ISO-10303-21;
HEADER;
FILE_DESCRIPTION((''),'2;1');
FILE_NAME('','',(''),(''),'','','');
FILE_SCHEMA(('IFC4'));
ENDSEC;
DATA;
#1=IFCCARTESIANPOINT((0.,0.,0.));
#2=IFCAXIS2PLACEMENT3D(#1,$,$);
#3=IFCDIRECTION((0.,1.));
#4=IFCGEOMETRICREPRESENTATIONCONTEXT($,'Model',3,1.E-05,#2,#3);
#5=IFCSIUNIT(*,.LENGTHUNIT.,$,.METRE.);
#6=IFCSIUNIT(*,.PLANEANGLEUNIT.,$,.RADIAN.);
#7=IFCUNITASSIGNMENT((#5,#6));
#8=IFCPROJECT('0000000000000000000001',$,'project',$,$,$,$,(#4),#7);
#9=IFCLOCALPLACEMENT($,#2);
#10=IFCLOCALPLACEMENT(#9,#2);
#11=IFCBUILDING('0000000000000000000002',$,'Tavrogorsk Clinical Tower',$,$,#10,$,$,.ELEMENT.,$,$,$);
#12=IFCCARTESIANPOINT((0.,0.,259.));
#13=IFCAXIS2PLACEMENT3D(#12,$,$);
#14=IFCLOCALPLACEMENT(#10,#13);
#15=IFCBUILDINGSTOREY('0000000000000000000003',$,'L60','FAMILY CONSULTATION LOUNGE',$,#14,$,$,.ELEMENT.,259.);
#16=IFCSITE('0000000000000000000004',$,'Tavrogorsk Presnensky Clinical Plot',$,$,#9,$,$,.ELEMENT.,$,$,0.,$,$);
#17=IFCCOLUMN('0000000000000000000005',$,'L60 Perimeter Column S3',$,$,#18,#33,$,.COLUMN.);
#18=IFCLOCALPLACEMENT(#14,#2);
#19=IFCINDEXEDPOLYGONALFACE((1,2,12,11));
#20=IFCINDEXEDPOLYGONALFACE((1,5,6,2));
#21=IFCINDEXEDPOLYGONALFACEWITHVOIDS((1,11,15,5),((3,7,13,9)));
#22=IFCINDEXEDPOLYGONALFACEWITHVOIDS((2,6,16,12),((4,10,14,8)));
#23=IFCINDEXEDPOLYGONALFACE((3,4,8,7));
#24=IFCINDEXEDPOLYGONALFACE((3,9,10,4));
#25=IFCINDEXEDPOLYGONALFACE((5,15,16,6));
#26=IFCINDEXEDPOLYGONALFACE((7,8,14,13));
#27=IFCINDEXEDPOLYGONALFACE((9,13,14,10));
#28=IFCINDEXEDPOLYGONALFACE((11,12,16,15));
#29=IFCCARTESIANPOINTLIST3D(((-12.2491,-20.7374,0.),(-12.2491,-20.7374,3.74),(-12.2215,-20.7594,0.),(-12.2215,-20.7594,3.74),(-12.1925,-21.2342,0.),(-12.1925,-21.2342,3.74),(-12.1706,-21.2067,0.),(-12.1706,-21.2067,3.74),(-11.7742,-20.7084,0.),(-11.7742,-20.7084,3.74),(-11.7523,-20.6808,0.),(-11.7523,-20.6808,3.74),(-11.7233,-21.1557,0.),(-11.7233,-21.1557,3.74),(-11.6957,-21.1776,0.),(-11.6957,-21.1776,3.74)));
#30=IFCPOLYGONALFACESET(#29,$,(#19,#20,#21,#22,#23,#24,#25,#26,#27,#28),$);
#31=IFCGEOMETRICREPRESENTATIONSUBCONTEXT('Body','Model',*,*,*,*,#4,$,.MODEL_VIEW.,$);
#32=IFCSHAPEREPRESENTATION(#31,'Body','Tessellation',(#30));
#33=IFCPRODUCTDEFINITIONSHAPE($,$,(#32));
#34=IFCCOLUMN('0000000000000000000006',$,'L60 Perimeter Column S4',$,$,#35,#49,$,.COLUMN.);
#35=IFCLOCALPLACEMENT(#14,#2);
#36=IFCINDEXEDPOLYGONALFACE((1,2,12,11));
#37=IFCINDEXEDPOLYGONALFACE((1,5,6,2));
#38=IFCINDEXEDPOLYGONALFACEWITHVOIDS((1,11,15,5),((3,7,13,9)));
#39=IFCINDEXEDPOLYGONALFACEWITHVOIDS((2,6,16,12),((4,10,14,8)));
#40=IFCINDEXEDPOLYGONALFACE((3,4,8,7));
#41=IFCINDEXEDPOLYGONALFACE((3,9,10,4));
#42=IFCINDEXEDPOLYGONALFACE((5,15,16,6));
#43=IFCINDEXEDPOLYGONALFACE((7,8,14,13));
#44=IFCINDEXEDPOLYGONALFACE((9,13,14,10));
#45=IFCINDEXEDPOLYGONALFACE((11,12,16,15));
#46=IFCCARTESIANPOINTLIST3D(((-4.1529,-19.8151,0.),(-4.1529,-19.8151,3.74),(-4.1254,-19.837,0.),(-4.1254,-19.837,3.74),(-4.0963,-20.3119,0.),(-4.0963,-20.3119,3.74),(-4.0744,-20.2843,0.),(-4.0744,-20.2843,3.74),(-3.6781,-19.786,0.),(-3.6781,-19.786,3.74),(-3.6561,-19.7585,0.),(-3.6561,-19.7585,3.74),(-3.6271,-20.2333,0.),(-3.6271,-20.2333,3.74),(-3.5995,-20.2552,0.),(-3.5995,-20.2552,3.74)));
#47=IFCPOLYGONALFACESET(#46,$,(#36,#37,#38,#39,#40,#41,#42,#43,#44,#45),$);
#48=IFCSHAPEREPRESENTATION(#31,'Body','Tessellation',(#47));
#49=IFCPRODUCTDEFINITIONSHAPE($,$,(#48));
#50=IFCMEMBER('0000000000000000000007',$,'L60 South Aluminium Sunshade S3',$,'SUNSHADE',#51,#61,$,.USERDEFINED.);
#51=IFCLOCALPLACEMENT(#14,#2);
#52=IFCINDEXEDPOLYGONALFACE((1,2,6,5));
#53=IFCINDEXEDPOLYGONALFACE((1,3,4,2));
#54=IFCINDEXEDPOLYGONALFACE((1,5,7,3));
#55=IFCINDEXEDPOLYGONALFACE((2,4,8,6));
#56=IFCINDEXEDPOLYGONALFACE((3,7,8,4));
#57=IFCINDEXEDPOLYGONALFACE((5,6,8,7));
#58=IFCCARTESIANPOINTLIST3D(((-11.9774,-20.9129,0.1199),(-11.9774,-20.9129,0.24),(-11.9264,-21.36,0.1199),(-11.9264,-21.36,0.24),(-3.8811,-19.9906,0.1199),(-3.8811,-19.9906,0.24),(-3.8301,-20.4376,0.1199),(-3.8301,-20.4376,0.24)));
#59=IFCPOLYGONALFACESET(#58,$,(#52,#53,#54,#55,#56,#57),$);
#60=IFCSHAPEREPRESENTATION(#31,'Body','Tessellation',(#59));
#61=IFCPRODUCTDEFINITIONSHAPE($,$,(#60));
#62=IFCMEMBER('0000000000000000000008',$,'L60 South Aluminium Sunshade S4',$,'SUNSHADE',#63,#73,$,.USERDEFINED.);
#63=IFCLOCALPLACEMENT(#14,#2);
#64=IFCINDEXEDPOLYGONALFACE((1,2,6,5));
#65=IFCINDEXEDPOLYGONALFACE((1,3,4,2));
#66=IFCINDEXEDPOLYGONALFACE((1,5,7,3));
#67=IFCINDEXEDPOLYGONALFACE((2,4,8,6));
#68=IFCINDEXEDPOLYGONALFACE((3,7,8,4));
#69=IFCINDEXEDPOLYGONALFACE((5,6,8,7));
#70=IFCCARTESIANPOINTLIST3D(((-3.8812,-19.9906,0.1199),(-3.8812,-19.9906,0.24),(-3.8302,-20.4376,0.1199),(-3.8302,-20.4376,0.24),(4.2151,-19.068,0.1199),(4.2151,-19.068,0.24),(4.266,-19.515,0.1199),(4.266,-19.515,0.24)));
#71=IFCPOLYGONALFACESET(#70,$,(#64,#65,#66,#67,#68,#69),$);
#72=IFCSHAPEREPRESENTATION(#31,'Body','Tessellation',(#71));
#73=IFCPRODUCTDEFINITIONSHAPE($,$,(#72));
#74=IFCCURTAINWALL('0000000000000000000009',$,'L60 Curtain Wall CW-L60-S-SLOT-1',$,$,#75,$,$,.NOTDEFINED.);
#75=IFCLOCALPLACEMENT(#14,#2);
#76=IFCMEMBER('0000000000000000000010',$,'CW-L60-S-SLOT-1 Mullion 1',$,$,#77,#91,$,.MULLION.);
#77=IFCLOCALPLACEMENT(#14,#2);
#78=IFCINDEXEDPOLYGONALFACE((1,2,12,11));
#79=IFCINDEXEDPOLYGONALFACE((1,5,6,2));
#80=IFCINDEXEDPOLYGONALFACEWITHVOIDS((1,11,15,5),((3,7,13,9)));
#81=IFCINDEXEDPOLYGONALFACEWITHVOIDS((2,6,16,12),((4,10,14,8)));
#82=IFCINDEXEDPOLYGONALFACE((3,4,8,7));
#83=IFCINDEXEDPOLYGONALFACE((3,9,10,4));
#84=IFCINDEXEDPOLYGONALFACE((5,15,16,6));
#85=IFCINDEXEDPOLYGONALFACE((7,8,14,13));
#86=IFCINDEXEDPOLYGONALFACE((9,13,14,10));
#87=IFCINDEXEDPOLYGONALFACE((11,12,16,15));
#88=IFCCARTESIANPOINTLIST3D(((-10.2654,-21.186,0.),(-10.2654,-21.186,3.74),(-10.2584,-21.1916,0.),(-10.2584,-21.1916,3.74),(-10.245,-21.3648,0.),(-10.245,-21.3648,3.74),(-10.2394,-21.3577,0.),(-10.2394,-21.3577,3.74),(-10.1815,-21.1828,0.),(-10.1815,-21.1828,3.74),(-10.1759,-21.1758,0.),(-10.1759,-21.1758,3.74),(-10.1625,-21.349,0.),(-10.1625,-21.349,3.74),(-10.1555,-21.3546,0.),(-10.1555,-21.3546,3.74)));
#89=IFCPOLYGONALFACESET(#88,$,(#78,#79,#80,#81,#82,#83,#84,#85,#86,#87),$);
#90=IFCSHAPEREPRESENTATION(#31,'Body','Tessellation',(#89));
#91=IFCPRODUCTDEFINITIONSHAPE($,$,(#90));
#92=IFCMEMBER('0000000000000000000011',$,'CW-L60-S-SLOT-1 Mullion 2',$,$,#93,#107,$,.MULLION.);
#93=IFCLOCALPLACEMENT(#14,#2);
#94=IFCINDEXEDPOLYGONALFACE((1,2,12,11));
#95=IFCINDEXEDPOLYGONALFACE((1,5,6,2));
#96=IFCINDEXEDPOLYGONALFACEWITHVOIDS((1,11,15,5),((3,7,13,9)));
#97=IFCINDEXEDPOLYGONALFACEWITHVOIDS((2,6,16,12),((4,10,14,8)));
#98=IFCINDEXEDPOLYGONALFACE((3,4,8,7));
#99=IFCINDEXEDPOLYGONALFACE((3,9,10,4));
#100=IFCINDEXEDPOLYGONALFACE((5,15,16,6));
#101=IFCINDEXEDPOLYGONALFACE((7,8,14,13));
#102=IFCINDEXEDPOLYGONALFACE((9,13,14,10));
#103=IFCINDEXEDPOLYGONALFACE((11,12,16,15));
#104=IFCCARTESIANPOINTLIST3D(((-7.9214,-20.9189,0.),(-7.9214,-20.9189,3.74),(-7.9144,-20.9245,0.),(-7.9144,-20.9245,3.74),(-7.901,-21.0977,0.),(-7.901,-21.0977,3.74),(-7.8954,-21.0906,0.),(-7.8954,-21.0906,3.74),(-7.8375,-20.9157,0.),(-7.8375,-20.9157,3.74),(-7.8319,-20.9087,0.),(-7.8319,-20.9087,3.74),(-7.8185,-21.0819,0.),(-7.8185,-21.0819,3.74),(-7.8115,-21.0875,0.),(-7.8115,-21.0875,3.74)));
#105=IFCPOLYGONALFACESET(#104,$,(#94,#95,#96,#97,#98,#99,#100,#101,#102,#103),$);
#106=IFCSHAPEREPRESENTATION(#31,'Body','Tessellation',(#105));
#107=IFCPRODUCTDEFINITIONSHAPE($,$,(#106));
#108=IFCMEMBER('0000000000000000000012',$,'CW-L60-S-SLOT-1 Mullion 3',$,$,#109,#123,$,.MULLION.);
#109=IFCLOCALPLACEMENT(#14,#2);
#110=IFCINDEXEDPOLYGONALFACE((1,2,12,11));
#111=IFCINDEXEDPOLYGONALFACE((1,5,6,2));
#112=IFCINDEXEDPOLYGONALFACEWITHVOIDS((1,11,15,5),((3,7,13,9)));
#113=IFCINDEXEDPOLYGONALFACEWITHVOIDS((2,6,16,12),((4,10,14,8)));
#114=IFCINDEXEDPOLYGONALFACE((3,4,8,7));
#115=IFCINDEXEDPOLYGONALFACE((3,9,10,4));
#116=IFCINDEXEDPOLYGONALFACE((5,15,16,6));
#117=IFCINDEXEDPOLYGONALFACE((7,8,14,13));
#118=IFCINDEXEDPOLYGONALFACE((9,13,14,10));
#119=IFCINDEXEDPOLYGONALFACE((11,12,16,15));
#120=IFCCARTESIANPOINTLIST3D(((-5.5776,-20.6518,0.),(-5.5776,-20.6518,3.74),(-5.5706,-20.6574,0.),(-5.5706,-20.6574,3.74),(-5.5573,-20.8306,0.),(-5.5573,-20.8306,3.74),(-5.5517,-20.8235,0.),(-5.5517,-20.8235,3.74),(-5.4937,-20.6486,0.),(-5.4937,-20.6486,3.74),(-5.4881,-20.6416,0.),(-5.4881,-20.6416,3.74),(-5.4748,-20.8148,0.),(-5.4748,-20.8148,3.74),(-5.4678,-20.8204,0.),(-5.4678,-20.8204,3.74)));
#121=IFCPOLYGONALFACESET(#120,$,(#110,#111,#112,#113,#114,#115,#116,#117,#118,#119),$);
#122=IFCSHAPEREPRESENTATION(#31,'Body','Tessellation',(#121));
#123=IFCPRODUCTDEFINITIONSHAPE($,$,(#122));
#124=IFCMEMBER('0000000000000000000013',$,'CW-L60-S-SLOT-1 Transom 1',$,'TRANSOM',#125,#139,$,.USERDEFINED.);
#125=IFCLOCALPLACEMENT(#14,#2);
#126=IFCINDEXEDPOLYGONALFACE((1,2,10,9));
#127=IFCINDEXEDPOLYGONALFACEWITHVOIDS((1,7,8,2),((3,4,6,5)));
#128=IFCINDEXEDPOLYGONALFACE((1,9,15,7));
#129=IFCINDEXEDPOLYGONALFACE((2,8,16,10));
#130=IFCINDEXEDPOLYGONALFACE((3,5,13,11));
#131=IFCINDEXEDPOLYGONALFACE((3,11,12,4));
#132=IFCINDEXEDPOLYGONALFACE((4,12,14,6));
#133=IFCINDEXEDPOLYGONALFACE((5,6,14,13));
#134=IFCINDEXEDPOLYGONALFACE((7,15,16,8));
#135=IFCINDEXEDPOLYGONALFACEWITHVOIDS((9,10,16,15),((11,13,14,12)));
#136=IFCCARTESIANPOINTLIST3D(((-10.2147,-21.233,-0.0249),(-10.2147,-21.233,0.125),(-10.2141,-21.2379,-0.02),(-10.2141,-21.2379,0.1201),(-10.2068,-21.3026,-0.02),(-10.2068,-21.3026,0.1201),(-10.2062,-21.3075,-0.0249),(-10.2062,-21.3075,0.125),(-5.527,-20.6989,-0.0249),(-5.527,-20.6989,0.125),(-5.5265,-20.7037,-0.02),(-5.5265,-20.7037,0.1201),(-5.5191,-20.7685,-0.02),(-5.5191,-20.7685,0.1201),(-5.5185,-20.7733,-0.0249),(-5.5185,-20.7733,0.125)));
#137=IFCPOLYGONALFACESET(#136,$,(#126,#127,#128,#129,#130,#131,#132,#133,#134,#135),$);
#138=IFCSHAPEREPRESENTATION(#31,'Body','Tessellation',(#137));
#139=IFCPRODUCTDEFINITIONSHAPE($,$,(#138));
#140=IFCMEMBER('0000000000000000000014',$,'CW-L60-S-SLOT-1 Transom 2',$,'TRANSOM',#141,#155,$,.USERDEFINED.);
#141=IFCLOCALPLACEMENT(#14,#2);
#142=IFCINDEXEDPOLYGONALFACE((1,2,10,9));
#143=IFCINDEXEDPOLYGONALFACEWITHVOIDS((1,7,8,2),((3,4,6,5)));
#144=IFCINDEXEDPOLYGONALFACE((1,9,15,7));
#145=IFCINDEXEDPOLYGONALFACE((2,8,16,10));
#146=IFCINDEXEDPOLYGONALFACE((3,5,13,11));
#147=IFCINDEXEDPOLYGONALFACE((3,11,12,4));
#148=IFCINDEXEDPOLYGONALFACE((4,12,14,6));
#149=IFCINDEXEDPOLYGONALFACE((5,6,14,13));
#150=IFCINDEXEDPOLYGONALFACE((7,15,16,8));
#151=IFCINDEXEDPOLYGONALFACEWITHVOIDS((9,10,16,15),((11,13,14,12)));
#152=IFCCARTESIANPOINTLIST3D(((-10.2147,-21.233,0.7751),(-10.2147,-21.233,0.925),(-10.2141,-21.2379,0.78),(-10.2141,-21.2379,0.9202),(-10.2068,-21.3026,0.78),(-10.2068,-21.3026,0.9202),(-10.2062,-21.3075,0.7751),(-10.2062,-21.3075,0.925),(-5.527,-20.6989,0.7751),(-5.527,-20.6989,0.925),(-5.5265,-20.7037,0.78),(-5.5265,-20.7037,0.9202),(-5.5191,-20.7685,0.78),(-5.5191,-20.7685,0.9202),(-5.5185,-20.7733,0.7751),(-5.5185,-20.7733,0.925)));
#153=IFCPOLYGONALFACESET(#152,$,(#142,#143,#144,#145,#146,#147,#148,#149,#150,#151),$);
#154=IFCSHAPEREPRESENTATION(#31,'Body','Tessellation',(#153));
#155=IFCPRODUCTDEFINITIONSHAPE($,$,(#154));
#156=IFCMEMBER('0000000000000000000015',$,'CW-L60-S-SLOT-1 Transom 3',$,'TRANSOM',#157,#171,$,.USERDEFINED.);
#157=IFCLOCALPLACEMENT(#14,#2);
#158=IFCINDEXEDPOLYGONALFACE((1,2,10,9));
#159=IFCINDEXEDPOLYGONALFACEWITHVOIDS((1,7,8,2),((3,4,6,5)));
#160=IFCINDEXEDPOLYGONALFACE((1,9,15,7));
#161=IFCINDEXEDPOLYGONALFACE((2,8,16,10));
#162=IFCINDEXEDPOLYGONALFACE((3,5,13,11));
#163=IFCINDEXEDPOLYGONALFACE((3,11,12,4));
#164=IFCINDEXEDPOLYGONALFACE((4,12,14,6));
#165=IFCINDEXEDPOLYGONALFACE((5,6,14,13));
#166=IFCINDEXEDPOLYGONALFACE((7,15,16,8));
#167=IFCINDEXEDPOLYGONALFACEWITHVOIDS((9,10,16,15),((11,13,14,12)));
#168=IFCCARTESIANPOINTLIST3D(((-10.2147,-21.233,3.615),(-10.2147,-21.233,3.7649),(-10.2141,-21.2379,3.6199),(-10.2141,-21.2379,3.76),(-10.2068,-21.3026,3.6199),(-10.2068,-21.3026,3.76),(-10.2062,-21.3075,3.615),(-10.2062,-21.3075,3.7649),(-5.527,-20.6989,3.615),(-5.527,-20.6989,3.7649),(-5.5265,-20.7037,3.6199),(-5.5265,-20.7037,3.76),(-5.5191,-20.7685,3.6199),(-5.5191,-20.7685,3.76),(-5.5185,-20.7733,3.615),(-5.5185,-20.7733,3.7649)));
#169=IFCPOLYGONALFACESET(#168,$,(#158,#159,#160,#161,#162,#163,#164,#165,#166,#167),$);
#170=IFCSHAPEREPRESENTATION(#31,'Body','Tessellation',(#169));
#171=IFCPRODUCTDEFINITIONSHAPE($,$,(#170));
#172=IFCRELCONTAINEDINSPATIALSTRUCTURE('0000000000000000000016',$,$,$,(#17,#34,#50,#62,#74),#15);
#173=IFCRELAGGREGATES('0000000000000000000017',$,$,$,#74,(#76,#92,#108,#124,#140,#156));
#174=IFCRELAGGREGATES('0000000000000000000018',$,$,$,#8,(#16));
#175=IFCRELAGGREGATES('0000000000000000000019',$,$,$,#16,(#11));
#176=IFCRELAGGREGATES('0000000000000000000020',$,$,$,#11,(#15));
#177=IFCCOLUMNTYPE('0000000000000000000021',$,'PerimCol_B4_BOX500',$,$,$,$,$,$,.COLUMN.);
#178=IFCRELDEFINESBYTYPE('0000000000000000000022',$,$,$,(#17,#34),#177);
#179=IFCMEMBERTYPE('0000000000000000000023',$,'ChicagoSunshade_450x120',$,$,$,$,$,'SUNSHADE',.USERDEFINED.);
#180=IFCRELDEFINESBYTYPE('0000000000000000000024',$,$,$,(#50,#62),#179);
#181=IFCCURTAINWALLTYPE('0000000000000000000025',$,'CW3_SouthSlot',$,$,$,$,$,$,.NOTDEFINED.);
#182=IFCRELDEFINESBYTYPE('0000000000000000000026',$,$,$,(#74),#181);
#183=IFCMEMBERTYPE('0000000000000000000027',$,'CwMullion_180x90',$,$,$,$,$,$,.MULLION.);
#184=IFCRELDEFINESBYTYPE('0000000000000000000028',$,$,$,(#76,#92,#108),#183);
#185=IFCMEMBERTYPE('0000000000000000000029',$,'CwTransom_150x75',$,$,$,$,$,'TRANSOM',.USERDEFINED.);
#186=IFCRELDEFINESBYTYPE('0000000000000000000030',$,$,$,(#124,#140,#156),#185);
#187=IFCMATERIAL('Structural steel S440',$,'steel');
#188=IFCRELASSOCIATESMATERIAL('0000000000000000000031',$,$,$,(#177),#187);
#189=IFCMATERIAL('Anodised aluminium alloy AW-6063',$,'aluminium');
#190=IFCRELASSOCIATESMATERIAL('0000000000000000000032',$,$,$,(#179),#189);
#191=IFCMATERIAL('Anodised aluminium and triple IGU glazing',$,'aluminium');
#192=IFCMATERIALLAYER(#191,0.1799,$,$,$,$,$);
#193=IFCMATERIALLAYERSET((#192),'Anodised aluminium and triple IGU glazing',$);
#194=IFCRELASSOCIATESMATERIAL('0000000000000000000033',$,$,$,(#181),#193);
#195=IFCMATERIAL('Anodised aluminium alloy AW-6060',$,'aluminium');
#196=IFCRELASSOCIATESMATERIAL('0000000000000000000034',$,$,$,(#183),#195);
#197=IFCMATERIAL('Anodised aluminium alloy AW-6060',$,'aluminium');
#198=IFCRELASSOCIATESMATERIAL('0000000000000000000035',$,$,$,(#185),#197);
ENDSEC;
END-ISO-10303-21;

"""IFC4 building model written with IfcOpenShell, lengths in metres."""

from ifc_helpers import new_model, si_unit, direction, frame, origin, origin_2d, place, context, subcontext, project, spatial, rectangle, hollow_rectangle, extrude, material, layer, layer_set, material_profile, profile_set, type_object, element, aggregate, save


model = new_model("IFC4")

# Units and contexts
model_context = context("Model", 3, precision=1e-05, world=origin(), true_north=direction((0.0, 1.0)))
body_context = subcontext(model_context, "Body", "Model", "MODEL_VIEW")
ifc_project = project(units=[si_unit("LENGTHUNIT", "METRE"), si_unit("PLANEANGLEUNIT", "RADIAN")], contexts=[model_context])

# Site, building, storey
site_placement = place(None, origin())
site = spatial("IfcSite", under=ifc_project, at=site_placement, Name="Tavrogorsk Presnensky Clinical Plot", CompositionType="ELEMENT", RefElevation=0.0)
building_placement = place(site_placement, origin())
building = spatial("IfcBuilding", under=site, at=building_placement, Name="Tavrogorsk Clinical Tower", CompositionType="ELEMENT")
storey_placement = place(building_placement, frame((0.0, 0.0, 259.0)))
storey = spatial("IfcBuildingStorey", under=building, at=storey_placement, Name="L60", Description="FAMILY CONSULTATION LOUNGE", CompositionType="ELEMENT", Elevation=259.0)

# Columns
ifc_material_1 = material(Name="Structural steel S440", Category="steel")
ifc_material_profile_1 = material_profile(ifc_material_1, hollow_rectangle(XDim=0.5, YDim=0.5, WallThickness=0.0249, at=origin_2d()), Name="BOX-500x500x25")
ifc_profile_set_1 = profile_set([ifc_material_profile_1], Name="Structural steel S440")
column_type = type_object("IfcColumnType", Name="PerimCol_B4_BOX500", PredefinedType="COLUMN", material=ifc_profile_set_1)
for number, where, z_axis, x_axis, name in (
    (1, (-11.9724, -20.9575, 0.0), (0.0, 0.0, 1.0), (0.993572, 0.113203, 0.0), "L60 Perimeter Column S3"),
    (2, (-3.8762, -20.0352, 0.0), (0.0, 0.0, 1.0), (0.993572, 0.113203, 0.0), "L60 Perimeter Column S4"),
):
    element("IfcColumn", number, at=place(storey_placement, frame(where, z_axis=z_axis, x_axis=x_axis)), inside=storey, type_object=column_type, Name=name, PredefinedType="COLUMN", context=body_context, shape_type="SweptSolid", body=[
        extrude(hollow_rectangle(XDim=0.5, YDim=0.5, WallThickness=0.0249, at=origin_2d()), origin(), (0.0, 0.0, 1.0), 3.74),
    ])

# Members
ifc_material_2 = material(Name="Anodised aluminium alloy AW-6063", Category="aluminium")
ifc_material_profile_2 = material_profile(ifc_material_2, rectangle(XDim=0.45, YDim=0.1201, at=origin_2d()), Name="ALU-SUNSHADE-450x120")
ifc_profile_set_2 = profile_set([ifc_material_profile_2], Name="Anodised aluminium alloy AW-6063")
member_type_1 = type_object("IfcMemberType", Name="ChicagoSunshade_450x120", ElementType="SUNSHADE", PredefinedType="USERDEFINED", material=ifc_profile_set_2)
for number, where, z_axis, x_axis, name in (
    (3, (-11.9519, -21.1365, 0.1799), (0.993573, 0.113193, 0.0), (-0.113193, 0.993573, 0.0), "L60 South Aluminium Sunshade S3"),
    (4, (-3.8557, -20.2141, 0.1799), (0.99357, 0.113223, 0.0), (-0.113223, 0.99357, 0.0), "L60 South Aluminium Sunshade S4"),
):
    element("IfcMember", number, at=place(storey_placement, frame(where, z_axis=z_axis, x_axis=x_axis)), inside=storey, type_object=member_type_1, Name=name, ObjectType="SUNSHADE", PredefinedType="USERDEFINED", context=body_context, shape_type="SweptSolid", body=[
        extrude(rectangle(XDim=0.45, YDim=0.1201, at=origin_2d()), origin(), (0.0, 0.0, 1.0), 8.1487),
    ])

# Curtain wall, members
ifc_material_3 = material(Name="Anodised aluminium and triple IGU glazing", Category="aluminium")
ifc_layer_1 = layer(ifc_material_3, 0.1799)
ifc_layer_set_1 = layer_set([ifc_layer_1], Name="Anodised aluminium and triple IGU glazing")
curtain_wall_type = type_object("IfcCurtainWallType", Name="CW3_SouthSlot", PredefinedType="NOTDEFINED", material=ifc_layer_set_1)
curtain_wall_placement = place(storey_placement, origin())
curtain_wall = element("IfcCurtainWall", 5, at=curtain_wall_placement, inside=storey, type_object=curtain_wall_type, Name="L60 Curtain Wall CW-L60-S-SLOT-1", PredefinedType="NOTDEFINED")
ifc_material_4 = material(Name="Anodised aluminium alloy AW-6060", Category="aluminium")
ifc_material_profile_3 = material_profile(ifc_material_4, hollow_rectangle(XDim=0.0901, YDim=0.1799, WallThickness=0.0063, at=origin_2d()), Name="RHS-180x90x6.3")
ifc_profile_set_3 = profile_set([ifc_material_profile_3], Name="Anodised aluminium alloy AW-6060")
member_type_2 = type_object("IfcMemberType", Name="CwMullion_180x90", PredefinedType="MULLION", material=ifc_profile_set_3)
member_1_placement = place(storey_placement, frame((-10.2104, -21.2703, 0.0), z_axis=(0.0, 0.0, 1.0), x_axis=(0.993572, 0.113203, 0.0)))
member_1 = element("IfcMember", 6, at=member_1_placement, type_object=member_type_2, Name="CW-L60-S-SLOT-1 Mullion 1", PredefinedType="MULLION", context=body_context, shape_type="SweptSolid", body=[
    extrude(hollow_rectangle(XDim=0.0901, YDim=0.1799, WallThickness=0.0063, at=origin_2d()), origin(), (0.0, 0.0, 1.0), 3.74),
])
member_2_placement = place(storey_placement, frame((-7.8665, -21.0032, 0.0), z_axis=(0.0, 0.0, 1.0), x_axis=(0.993572, 0.113203, 0.0)))
member_2 = element("IfcMember", 7, at=member_2_placement, type_object=member_type_2, Name="CW-L60-S-SLOT-1 Mullion 2", PredefinedType="MULLION", context=body_context, shape_type="SweptSolid", body=[
    extrude(hollow_rectangle(XDim=0.0901, YDim=0.1799, WallThickness=0.0063, at=origin_2d()), origin(), (0.0, 0.0, 1.0), 3.74),
])
member_3_placement = place(storey_placement, frame((-5.5227, -20.7361, 0.0), z_axis=(0.0, 0.0, 1.0), x_axis=(0.993572, 0.113203, 0.0)))
member_3 = element("IfcMember", 8, at=member_3_placement, type_object=member_type_2, Name="CW-L60-S-SLOT-1 Mullion 3", PredefinedType="MULLION", context=body_context, shape_type="SweptSolid", body=[
    extrude(hollow_rectangle(XDim=0.0901, YDim=0.1799, WallThickness=0.0063, at=origin_2d()), origin(), (0.0, 0.0, 1.0), 3.74),
])
ifc_material_5 = material(Name="Anodised aluminium alloy AW-6060", Category="aluminium")
ifc_material_profile_4 = material_profile(ifc_material_5, hollow_rectangle(XDim=0.075, YDim=0.1499, WallThickness=0.0049, at=origin_2d()), Name="RHS-150x75x5")
ifc_profile_set_4 = profile_set([ifc_material_profile_4], Name="Anodised aluminium alloy AW-6060")
member_type_3 = type_object("IfcMemberType", Name="CwTransom_150x75", ElementType="TRANSOM", PredefinedType="USERDEFINED", material=ifc_profile_set_4)
member_4_placement = place(storey_placement, frame((-10.2104, -21.2703, 0.05), z_axis=(0.99357, 0.11322, 0.0), x_axis=(-0.11322, 0.99357, 0.0)))
member_4 = element("IfcMember", 9, at=member_4_placement, type_object=member_type_3, Name="CW-L60-S-SLOT-1 Transom 1", ObjectType="TRANSOM", PredefinedType="USERDEFINED", context=body_context, shape_type="SweptSolid", body=[
    extrude(hollow_rectangle(XDim=0.075, YDim=0.1499, WallThickness=0.0049, at=origin_2d()), origin(), (0.0, 0.0, 1.0), 4.718),
])
member_5_placement = place(storey_placement, frame((-10.2104, -21.2703, 0.8501), z_axis=(0.99357, 0.11322, 0.0), x_axis=(-0.11322, 0.99357, 0.0)))
member_5 = element("IfcMember", 10, at=member_5_placement, type_object=member_type_3, Name="CW-L60-S-SLOT-1 Transom 2", ObjectType="TRANSOM", PredefinedType="USERDEFINED", context=body_context, shape_type="SweptSolid", body=[
    extrude(hollow_rectangle(XDim=0.075, YDim=0.1499, WallThickness=0.0049, at=origin_2d()), origin(), (0.0, 0.0, 1.0), 4.718),
])
member_6_placement = place(storey_placement, frame((-10.2104, -21.2703, 3.6899), z_axis=(0.99357, 0.11322, 0.0), x_axis=(-0.11322, 0.99357, 0.0)))
member_6 = element("IfcMember", 11, at=member_6_placement, type_object=member_type_3, Name="CW-L60-S-SLOT-1 Transom 3", ObjectType="TRANSOM", PredefinedType="USERDEFINED", context=body_context, shape_type="SweptSolid", body=[
    extrude(hollow_rectangle(XDim=0.075, YDim=0.1499, WallThickness=0.0049, at=origin_2d()), origin(), (0.0, 0.0, 1.0), 4.718),
])

aggregate(curtain_wall, [member_1, member_2, member_3, member_4, member_5, member_6])

save(model, "model.ifc")
